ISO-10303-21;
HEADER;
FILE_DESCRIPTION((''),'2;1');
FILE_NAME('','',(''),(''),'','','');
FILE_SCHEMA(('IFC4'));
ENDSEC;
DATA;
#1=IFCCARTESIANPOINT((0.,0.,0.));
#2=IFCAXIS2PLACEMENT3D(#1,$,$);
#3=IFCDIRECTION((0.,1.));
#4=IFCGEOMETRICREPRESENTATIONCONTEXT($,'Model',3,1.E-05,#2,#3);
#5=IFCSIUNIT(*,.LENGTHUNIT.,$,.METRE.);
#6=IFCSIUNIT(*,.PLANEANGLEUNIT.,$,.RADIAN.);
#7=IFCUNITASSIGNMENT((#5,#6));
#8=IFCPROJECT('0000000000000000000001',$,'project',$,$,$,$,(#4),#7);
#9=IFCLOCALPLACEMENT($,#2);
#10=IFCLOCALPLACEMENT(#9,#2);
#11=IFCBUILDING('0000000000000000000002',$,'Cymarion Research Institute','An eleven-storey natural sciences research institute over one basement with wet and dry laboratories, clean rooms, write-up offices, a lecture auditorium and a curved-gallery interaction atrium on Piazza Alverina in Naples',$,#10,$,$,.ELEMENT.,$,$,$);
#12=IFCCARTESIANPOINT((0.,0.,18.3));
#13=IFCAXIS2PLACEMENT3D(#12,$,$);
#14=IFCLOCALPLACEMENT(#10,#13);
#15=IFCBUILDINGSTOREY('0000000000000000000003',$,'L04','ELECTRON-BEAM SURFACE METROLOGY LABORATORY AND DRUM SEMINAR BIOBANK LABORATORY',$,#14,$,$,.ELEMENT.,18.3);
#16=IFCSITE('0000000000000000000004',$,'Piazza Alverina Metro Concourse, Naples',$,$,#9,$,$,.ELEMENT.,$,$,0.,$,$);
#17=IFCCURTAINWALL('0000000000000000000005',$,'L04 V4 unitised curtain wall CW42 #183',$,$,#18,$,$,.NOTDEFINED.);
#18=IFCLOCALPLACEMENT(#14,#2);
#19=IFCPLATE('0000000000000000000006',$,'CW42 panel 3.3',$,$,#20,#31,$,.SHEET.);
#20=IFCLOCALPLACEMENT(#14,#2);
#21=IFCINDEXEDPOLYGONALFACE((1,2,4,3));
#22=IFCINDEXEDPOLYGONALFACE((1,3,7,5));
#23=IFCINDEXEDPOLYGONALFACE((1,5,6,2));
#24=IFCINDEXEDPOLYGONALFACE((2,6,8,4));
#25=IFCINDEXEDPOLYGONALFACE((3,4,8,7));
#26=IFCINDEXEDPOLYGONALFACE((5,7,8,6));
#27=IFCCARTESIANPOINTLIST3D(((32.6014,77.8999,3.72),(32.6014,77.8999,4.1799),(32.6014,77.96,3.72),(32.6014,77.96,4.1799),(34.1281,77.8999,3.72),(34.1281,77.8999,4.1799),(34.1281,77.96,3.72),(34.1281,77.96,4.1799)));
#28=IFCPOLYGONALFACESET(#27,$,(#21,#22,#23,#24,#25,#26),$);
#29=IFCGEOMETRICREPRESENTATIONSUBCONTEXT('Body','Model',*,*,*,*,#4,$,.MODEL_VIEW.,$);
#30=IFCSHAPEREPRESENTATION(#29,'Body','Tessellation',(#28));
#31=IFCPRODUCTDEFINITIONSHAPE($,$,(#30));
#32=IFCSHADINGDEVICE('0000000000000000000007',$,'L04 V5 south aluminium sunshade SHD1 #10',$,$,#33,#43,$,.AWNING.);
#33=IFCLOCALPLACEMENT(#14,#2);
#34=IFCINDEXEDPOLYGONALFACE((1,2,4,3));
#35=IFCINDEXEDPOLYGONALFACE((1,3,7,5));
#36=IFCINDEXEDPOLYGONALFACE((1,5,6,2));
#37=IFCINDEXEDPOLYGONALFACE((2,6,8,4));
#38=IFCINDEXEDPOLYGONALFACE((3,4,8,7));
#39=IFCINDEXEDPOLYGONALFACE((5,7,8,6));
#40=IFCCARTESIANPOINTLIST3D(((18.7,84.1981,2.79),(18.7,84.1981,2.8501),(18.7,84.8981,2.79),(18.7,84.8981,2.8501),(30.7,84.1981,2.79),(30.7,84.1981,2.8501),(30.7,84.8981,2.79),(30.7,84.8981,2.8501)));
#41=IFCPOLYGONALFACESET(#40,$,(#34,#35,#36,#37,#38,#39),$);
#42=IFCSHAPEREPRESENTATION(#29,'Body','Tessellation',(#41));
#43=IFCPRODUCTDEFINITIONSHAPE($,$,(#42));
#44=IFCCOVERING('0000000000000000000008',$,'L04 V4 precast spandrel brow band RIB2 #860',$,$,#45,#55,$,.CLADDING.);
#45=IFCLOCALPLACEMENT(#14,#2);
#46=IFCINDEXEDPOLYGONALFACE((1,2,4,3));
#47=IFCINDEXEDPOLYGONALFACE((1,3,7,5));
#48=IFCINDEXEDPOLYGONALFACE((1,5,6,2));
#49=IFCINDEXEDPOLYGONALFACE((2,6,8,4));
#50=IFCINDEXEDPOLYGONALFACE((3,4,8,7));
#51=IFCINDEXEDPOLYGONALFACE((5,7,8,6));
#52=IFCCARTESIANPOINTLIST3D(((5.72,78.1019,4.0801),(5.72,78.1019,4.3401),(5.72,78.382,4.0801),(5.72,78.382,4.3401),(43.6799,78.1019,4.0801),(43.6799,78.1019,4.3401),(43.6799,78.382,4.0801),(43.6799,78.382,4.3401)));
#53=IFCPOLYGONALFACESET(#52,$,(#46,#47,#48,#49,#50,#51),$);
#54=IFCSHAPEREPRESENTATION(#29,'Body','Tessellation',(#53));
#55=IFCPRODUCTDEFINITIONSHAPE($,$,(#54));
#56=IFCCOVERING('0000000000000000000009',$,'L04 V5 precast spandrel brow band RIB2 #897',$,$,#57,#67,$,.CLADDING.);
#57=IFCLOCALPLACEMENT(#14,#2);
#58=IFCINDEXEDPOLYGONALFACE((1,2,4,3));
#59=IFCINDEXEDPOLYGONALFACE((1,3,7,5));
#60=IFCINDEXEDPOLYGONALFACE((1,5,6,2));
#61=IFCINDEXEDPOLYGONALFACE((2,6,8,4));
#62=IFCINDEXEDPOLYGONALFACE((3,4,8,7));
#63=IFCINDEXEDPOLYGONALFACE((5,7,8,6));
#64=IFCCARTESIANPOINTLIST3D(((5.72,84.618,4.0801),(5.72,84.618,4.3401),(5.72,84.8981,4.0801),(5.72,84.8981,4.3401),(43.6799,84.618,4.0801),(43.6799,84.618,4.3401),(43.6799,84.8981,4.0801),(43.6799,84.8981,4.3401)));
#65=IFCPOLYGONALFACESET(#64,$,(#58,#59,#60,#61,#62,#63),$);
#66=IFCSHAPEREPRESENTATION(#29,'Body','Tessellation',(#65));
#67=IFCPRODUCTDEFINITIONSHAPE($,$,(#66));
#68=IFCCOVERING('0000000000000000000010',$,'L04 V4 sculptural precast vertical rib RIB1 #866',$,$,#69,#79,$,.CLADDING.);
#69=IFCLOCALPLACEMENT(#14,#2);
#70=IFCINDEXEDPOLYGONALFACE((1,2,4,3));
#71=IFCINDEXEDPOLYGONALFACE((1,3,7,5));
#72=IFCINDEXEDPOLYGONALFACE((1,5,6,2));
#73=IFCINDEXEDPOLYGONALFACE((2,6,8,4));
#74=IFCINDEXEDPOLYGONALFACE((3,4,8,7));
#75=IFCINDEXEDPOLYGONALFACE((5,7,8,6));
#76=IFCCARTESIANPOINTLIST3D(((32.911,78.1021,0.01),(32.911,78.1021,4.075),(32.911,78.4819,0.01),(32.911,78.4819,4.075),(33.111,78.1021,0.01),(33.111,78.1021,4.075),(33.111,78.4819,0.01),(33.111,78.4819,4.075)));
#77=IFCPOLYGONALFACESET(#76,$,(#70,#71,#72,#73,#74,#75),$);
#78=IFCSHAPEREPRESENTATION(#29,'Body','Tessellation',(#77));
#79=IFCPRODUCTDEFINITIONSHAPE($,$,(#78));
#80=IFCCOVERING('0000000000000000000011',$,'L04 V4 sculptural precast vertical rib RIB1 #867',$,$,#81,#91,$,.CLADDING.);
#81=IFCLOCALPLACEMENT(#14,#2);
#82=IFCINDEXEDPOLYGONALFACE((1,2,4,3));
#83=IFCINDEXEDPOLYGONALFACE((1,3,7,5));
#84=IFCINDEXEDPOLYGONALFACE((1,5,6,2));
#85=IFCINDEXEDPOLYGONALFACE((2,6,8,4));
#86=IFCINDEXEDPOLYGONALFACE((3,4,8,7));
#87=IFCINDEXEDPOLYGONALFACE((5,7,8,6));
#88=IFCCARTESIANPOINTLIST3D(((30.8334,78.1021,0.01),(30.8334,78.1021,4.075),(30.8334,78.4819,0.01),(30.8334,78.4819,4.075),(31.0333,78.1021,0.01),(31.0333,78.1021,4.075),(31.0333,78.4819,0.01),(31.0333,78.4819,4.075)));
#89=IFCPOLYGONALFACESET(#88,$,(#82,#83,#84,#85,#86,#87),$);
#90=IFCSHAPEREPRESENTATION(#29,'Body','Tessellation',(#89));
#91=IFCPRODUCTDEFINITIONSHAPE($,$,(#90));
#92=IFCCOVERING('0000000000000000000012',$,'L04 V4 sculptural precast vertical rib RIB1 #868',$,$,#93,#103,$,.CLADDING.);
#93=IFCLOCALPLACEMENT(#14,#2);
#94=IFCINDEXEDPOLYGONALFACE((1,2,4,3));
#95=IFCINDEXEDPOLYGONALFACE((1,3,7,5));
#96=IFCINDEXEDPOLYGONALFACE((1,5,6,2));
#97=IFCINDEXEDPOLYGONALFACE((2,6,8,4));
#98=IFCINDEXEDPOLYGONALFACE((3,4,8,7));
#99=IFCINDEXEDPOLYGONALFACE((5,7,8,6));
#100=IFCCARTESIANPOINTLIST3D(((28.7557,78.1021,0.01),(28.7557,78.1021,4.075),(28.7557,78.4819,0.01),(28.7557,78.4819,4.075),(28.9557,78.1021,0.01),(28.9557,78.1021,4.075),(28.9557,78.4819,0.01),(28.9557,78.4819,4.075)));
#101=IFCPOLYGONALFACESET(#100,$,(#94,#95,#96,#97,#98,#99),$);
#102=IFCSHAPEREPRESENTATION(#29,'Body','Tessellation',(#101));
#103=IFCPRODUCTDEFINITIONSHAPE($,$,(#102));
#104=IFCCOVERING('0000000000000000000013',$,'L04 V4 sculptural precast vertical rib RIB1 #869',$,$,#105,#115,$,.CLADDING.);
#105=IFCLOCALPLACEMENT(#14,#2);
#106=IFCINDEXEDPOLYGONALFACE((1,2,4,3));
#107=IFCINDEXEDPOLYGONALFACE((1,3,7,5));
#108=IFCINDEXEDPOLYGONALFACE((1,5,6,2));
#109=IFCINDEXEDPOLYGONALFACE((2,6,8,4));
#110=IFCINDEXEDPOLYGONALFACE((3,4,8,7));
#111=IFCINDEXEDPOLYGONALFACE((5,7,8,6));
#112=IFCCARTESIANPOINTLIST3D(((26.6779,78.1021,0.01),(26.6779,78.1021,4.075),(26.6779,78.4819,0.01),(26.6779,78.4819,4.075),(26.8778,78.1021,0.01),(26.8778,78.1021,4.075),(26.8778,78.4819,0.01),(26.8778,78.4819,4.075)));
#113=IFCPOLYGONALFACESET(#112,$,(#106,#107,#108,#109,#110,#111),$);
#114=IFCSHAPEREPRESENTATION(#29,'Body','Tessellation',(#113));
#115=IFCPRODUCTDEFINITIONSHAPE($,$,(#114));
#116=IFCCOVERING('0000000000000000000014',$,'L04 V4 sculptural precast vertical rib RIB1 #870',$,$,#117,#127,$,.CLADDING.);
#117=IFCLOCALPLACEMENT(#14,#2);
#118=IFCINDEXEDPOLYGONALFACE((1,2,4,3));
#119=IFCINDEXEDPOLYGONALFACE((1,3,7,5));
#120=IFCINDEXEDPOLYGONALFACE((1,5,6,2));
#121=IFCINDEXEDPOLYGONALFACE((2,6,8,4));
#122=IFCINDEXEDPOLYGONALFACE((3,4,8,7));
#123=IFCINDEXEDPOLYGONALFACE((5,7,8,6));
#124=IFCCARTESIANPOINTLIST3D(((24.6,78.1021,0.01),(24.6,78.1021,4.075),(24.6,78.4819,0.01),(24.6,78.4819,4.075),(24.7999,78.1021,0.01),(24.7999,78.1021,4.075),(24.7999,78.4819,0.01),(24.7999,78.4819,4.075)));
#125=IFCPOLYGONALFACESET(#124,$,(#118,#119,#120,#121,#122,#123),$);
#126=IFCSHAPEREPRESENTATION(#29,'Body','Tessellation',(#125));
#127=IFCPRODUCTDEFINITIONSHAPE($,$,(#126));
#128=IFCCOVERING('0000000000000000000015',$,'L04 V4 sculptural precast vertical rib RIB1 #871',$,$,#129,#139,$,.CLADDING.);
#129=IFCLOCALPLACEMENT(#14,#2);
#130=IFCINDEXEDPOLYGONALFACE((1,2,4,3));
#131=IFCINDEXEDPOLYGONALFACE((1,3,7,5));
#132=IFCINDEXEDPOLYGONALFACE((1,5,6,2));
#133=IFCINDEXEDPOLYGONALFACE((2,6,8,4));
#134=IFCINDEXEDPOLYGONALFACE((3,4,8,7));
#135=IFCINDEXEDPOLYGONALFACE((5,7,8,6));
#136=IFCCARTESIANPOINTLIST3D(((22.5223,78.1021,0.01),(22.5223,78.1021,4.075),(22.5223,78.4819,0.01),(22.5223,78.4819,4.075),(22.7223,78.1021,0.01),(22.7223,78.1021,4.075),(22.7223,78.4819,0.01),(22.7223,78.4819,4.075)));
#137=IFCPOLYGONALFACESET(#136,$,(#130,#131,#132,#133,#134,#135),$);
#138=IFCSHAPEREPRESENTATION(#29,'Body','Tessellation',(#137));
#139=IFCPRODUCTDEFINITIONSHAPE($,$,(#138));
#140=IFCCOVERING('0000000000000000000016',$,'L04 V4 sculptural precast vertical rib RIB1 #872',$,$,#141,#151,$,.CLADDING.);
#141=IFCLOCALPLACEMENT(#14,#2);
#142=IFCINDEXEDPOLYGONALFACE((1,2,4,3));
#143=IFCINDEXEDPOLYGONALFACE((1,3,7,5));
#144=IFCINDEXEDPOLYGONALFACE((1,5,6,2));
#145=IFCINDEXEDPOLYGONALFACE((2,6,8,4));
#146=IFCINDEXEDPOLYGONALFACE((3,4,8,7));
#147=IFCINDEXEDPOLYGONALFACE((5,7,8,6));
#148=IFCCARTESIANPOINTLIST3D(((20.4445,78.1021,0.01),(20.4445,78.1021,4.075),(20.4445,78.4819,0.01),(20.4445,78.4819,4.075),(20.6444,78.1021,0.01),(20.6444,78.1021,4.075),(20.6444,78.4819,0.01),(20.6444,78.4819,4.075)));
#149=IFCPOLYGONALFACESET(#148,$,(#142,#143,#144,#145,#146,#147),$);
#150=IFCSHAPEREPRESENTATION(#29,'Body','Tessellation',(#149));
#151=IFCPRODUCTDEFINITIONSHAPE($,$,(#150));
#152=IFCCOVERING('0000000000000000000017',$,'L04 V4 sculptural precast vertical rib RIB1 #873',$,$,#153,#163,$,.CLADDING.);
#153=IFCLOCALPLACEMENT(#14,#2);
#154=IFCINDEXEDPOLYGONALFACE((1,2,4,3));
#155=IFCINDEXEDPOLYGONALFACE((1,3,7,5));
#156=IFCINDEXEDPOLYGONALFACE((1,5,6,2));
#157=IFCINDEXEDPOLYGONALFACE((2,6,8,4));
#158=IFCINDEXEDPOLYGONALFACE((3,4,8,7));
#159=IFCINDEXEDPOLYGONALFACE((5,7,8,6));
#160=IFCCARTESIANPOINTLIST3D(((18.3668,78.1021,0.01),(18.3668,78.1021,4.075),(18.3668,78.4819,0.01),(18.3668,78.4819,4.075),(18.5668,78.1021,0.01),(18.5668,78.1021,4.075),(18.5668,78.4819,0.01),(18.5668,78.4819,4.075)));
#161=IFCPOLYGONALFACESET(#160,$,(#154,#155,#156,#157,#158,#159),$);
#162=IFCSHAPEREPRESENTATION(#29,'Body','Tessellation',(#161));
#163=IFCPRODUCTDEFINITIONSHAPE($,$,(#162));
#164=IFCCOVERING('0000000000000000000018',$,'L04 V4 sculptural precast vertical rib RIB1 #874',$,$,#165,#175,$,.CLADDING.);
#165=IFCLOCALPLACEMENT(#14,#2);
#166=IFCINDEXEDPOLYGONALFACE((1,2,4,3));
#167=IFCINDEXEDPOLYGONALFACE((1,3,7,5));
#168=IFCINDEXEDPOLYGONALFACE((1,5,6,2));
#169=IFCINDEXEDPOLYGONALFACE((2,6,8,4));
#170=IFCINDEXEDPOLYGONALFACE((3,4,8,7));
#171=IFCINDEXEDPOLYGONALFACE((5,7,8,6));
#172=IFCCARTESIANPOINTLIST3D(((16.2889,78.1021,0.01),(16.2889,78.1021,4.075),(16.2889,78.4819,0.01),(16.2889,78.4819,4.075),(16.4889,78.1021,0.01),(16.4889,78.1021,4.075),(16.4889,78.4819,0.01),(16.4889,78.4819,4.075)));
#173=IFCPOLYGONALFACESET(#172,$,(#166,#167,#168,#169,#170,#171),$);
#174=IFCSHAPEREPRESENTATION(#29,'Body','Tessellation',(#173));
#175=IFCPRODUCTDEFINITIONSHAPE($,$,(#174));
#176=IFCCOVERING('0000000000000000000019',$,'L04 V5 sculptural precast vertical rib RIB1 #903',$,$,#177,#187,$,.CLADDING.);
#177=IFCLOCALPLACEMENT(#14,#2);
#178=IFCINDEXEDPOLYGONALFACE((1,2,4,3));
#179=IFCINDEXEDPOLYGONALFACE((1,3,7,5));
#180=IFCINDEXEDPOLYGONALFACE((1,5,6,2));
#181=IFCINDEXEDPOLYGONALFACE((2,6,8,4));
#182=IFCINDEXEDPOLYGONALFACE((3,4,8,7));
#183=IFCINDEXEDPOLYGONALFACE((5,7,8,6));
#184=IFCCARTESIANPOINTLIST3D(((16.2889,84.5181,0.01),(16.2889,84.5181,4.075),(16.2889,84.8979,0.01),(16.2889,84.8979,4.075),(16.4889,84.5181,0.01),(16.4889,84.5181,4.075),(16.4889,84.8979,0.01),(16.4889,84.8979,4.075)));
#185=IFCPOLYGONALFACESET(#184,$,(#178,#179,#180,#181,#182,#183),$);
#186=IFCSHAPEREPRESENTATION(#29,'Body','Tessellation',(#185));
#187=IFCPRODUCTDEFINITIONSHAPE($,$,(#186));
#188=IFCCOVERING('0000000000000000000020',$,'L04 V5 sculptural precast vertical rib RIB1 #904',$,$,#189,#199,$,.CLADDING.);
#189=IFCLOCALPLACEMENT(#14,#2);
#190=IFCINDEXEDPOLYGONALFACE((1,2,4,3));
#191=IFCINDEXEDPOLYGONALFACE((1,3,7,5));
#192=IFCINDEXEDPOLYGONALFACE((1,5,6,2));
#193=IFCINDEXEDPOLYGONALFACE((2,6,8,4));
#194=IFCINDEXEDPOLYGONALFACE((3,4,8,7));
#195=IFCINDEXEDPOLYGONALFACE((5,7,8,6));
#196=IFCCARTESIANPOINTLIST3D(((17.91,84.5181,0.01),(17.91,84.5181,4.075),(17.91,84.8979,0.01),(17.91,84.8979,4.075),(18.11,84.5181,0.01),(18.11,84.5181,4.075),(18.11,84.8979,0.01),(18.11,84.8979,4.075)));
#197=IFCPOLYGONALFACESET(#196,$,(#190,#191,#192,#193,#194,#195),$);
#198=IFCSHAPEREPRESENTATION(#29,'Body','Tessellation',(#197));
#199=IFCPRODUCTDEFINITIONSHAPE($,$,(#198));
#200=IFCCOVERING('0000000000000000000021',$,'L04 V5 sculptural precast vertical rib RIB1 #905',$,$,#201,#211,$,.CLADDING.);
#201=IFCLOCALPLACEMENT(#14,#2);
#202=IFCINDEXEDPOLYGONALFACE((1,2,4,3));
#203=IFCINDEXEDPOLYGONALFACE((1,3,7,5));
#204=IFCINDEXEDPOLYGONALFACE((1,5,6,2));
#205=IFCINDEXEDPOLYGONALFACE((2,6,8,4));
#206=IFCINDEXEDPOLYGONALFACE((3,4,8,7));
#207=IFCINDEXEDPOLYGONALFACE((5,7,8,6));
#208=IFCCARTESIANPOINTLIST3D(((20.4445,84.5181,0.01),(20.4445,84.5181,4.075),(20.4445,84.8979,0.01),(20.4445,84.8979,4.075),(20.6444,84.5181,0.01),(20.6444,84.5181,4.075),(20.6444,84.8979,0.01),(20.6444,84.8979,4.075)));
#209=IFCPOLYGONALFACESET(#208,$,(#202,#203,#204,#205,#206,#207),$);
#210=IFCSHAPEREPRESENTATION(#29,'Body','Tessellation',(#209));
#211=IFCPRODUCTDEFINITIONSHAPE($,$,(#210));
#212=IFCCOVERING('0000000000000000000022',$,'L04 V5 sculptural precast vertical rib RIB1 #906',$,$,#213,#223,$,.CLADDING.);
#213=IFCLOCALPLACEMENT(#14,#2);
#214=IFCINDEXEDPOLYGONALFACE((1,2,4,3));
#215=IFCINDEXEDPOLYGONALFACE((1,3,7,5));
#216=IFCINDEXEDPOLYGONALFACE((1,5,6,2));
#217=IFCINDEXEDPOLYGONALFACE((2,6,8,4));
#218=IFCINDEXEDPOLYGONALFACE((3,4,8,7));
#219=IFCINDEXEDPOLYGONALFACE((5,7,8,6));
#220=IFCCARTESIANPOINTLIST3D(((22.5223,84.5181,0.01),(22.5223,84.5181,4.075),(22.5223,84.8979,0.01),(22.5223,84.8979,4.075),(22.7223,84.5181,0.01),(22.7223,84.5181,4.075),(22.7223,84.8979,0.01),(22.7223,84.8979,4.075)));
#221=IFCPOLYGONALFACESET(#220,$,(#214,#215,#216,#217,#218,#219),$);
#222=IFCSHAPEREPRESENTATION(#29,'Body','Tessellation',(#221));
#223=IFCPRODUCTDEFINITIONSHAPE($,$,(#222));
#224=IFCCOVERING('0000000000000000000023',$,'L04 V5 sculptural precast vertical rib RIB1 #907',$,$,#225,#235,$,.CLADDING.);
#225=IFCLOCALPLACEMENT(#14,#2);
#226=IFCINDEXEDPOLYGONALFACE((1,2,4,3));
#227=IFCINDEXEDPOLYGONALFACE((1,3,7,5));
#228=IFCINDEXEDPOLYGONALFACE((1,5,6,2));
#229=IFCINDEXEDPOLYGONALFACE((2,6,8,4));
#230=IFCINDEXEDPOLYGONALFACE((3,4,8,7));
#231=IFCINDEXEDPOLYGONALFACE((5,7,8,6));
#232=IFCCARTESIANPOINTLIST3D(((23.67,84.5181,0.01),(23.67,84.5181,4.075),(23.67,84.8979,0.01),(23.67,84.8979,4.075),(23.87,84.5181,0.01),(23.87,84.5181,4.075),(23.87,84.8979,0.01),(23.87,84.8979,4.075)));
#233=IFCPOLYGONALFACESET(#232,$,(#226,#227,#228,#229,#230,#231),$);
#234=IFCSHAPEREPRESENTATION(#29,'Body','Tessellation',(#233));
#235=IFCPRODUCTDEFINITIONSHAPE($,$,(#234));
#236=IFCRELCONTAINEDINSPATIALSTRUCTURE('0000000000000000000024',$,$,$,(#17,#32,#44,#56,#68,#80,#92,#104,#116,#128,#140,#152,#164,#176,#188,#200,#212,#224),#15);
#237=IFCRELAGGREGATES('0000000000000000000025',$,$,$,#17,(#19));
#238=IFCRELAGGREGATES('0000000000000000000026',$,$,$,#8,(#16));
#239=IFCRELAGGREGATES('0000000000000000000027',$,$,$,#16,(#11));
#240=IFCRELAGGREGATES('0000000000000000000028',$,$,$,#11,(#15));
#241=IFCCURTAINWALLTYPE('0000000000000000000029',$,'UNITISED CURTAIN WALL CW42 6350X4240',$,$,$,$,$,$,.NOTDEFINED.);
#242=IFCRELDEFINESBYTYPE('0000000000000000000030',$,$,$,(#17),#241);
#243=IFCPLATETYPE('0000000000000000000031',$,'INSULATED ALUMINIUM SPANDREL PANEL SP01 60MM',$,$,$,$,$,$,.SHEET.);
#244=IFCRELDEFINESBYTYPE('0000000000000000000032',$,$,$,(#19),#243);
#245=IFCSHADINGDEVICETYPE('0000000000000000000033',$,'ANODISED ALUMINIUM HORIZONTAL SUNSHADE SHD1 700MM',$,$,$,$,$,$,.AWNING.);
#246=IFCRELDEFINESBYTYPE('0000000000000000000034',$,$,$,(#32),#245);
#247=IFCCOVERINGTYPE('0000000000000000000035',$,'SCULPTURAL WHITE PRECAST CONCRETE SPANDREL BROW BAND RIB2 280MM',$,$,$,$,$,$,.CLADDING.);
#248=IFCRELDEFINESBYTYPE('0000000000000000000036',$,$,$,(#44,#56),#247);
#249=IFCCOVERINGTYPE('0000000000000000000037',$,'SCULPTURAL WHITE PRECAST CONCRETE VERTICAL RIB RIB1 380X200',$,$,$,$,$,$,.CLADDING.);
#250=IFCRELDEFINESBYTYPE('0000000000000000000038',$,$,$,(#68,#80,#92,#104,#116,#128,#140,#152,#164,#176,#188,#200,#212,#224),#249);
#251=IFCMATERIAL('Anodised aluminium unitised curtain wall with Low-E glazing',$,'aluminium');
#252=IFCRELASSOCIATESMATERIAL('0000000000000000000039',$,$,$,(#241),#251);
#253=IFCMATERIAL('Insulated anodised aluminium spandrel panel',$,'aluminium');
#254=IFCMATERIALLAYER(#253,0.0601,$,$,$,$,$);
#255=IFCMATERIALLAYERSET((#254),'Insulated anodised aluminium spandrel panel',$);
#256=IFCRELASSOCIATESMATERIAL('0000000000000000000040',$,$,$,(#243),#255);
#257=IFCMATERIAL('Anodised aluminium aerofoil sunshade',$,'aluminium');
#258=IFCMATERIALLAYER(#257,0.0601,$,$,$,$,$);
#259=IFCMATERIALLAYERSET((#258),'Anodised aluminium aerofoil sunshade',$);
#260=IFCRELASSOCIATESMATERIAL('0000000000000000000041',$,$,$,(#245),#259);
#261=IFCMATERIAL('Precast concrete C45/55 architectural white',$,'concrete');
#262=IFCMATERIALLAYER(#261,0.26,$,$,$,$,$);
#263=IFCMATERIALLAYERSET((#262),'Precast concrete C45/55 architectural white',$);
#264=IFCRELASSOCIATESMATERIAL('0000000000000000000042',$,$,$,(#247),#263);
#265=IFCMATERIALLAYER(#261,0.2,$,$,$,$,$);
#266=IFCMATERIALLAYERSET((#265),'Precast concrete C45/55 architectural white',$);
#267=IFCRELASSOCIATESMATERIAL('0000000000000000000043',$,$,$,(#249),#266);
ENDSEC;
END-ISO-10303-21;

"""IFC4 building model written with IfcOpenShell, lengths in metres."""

from ifc_helpers import new_model, si_unit, direction, frame, origin, origin_2d, place, context, subcontext, project, spatial, rectangle, extrude, material, layer, layer_set, type_object, element, aggregate, save


model = new_model("IFC4")

# Units and contexts
model_context = context("Model", 3, precision=1e-05, world=origin(), true_north=direction((0.0, 1.0)))
body_context = subcontext(model_context, "Body", "Model", "MODEL_VIEW")
ifc_project = project(units=[si_unit("LENGTHUNIT", "METRE"), si_unit("PLANEANGLEUNIT", "RADIAN")], contexts=[model_context])

# Site, building, storey
site_placement = place(None, origin())
site = spatial("IfcSite", under=ifc_project, at=site_placement, Name="Piazza Alverina Metro Concourse, Naples", CompositionType="ELEMENT", RefElevation=0.0)
building_placement = place(site_placement, origin())
building = spatial("IfcBuilding", under=site, at=building_placement, Name="Cymarion Research Institute", Description="An eleven-storey natural sciences research institute over one basement with wet and dry laboratories, clean rooms, write-up offices, a lecture auditorium and a curved-gallery interaction atrium on Piazza Alverina in Naples", CompositionType="ELEMENT")
storey_placement = place(building_placement, frame((0.0, 0.0, 18.3)))
storey = spatial("IfcBuildingStorey", under=building, at=storey_placement, Name="L04", Description="ELECTRON-BEAM SURFACE METROLOGY LABORATORY AND DRUM SEMINAR BIOBANK LABORATORY", CompositionType="ELEMENT", Elevation=18.3)

# Curtain wall, plate
ifc_material_1 = material(Name="Anodised aluminium unitised curtain wall with Low-E glazing", Category="aluminium")
curtain_wall_type = type_object("IfcCurtainWallType", Name="UNITISED CURTAIN WALL CW42 6350X4240", PredefinedType="NOTDEFINED", material=ifc_material_1)
curtain_wall_placement = place(storey_placement, origin())
curtain_wall = element("IfcCurtainWall", 1, at=curtain_wall_placement, inside=storey, type_object=curtain_wall_type, Name="L04 V4 unitised curtain wall CW42 #183", PredefinedType="NOTDEFINED")
ifc_material_2 = material(Name="Insulated anodised aluminium spandrel panel", Category="aluminium")
ifc_layer_1 = layer(ifc_material_2, 0.0601)
ifc_layer_set_1 = layer_set([ifc_layer_1], Name="Insulated anodised aluminium spandrel panel")
plate_type = type_object("IfcPlateType", Name="INSULATED ALUMINIUM SPANDREL PANEL SP01 60MM", PredefinedType="SHEET", material=ifc_layer_set_1)
plate_placement = place(storey_placement, frame((33.3647, 77.9299, 3.72), z_axis=(0.0, 0.0, 1.0), x_axis=(-1.0, 0.0, 0.0)))
plate = element("IfcPlate", 2, at=plate_placement, type_object=plate_type, Name="CW42 panel 3.3", PredefinedType="SHEET", context=body_context, shape_type="SweptSolid", body=[
    extrude(rectangle(XDim=1.5266, YDim=0.0601, at=origin_2d()), origin(), (0.0, 0.0, 1.0), 0.46),
])
aggregate(curtain_wall, [plate])

# Shading device
ifc_material_3 = material(Name="Anodised aluminium aerofoil sunshade", Category="aluminium")
ifc_layer_2 = layer(ifc_material_3, 0.0601)
ifc_layer_set_2 = layer_set([ifc_layer_2], Name="Anodised aluminium aerofoil sunshade")
shading_device_type = type_object("IfcShadingDeviceType", Name="ANODISED ALUMINIUM HORIZONTAL SUNSHADE SHD1 700MM", PredefinedType="AWNING", material=ifc_layer_set_2)
shading_device_placement = place(storey_placement, frame((24.7, 84.5481, 2.79), z_axis=(0.0, 0.0, 1.0), x_axis=(0.0, -1.0, 0.0)))
element("IfcShadingDevice", 3, at=shading_device_placement, inside=storey, type_object=shading_device_type, Name="L04 V5 south aluminium sunshade SHD1 #10", PredefinedType="AWNING", context=body_context, shape_type="SweptSolid", body=[
    extrude(rectangle(XDim=0.7, YDim=12.0, at=origin_2d()), origin(), (0.0, 0.0, 1.0), 0.0601),
])

# Coverings
ifc_material_4 = material(Name="Precast concrete C45/55 architectural white", Category="concrete")
ifc_layer_3 = layer(ifc_material_4, 0.26)
ifc_layer_set_3 = layer_set([ifc_layer_3], Name="Precast concrete C45/55 architectural white")
covering_type_1 = type_object("IfcCoveringType", Name="SCULPTURAL WHITE PRECAST CONCRETE SPANDREL BROW BAND RIB2 280MM", PredefinedType="CLADDING", material=ifc_layer_set_3)
for number, where, z_axis, x_axis, name in (
    (4, (24.7, 78.2419, 4.0801), (0.0, 0.0, 1.0), (0.0, 1.0, 0.0), "L04 V4 precast spandrel brow band RIB2 #860"),
    (5, (24.7, 84.7581, 4.0801), (0.0, 0.0, 1.0), (0.0, -1.0, 0.0), "L04 V5 precast spandrel brow band RIB2 #897"),
):
    element("IfcCovering", number, at=place(storey_placement, frame(where, z_axis=z_axis, x_axis=x_axis)), inside=storey, type_object=covering_type_1, Name=name, PredefinedType="CLADDING", context=body_context, shape_type="SweptSolid", body=[
        extrude(rectangle(XDim=0.28, YDim=37.96, at=origin_2d()), origin(), (0.0, 0.0, 1.0), 0.26),
    ])
ifc_layer_4 = layer(ifc_material_4, 0.2)
ifc_layer_set_4 = layer_set([ifc_layer_4], Name="Precast concrete C45/55 architectural white")
covering_type_2 = type_object("IfcCoveringType", Name="SCULPTURAL WHITE PRECAST CONCRETE VERTICAL RIB RIB1 380X200", PredefinedType="CLADDING", material=ifc_layer_set_4)
for number, where, z_axis, x_axis, name in (
    (6, (33.011, 78.292, 0.01), (0.0, 0.0, 1.0), (0.0, 1.0, 0.0), "L04 V4 sculptural precast vertical rib RIB1 #866"),
    (7, (30.9333, 78.292, 0.01), (0.0, 0.0, 1.0), (0.0, 1.0, 0.0), "L04 V4 sculptural precast vertical rib RIB1 #867"),
    (8, (28.8557, 78.292, 0.01), (0.0, 0.0, 1.0), (0.0, 1.0, 0.0), "L04 V4 sculptural precast vertical rib RIB1 #868"),
    (9, (26.7778, 78.292, 0.01), (0.0, 0.0, 1.0), (0.0, 1.0, 0.0), "L04 V4 sculptural precast vertical rib RIB1 #869"),
    (10, (24.7, 78.292, 0.01), (0.0, 0.0, 1.0), (0.0, 1.0, 0.0), "L04 V4 sculptural precast vertical rib RIB1 #870"),
    (11, (22.6223, 78.292, 0.01), (0.0, 0.0, 1.0), (0.0, 1.0, 0.0), "L04 V4 sculptural precast vertical rib RIB1 #871"),
    (12, (20.5444, 78.292, 0.01), (0.0, 0.0, 1.0), (0.0, 1.0, 0.0), "L04 V4 sculptural precast vertical rib RIB1 #872"),
    (13, (18.4668, 78.292, 0.01), (0.0, 0.0, 1.0), (0.0, 1.0, 0.0), "L04 V4 sculptural precast vertical rib RIB1 #873"),
    (14, (16.3889, 78.292, 0.01), (0.0, 0.0, 1.0), (0.0, 1.0, 0.0), "L04 V4 sculptural precast vertical rib RIB1 #874"),
    (15, (16.3889, 84.708, 0.01), (0.0, 0.0, 1.0), (0.0, -1.0, 0.0), "L04 V5 sculptural precast vertical rib RIB1 #903"),
    (16, (18.01, 84.708, 0.01), (0.0, 0.0, 1.0), (0.0, -1.0, 0.0), "L04 V5 sculptural precast vertical rib RIB1 #904"),
    (17, (20.5444, 84.708, 0.01), (0.0, 0.0, 1.0), (0.0, -1.0, 0.0), "L04 V5 sculptural precast vertical rib RIB1 #905"),
    (18, (22.6223, 84.708, 0.01), (0.0, 0.0, 1.0), (0.0, -1.0, 0.0), "L04 V5 sculptural precast vertical rib RIB1 #906"),
    (19, (23.77, 84.708, 0.01), (0.0, 0.0, 1.0), (0.0, -1.0, 0.0), "L04 V5 sculptural precast vertical rib RIB1 #907"),
):
    element("IfcCovering", number, at=place(storey_placement, frame(where, z_axis=z_axis, x_axis=x_axis)), inside=storey, type_object=covering_type_2, Name=name, PredefinedType="CLADDING", context=body_context, shape_type="SweptSolid", body=[
        extrude(rectangle(XDim=0.3799, YDim=0.2, at=origin_2d()), origin(), (0.0, 0.0, 1.0), 4.0649),
    ])

save(model, "model.ifc")
